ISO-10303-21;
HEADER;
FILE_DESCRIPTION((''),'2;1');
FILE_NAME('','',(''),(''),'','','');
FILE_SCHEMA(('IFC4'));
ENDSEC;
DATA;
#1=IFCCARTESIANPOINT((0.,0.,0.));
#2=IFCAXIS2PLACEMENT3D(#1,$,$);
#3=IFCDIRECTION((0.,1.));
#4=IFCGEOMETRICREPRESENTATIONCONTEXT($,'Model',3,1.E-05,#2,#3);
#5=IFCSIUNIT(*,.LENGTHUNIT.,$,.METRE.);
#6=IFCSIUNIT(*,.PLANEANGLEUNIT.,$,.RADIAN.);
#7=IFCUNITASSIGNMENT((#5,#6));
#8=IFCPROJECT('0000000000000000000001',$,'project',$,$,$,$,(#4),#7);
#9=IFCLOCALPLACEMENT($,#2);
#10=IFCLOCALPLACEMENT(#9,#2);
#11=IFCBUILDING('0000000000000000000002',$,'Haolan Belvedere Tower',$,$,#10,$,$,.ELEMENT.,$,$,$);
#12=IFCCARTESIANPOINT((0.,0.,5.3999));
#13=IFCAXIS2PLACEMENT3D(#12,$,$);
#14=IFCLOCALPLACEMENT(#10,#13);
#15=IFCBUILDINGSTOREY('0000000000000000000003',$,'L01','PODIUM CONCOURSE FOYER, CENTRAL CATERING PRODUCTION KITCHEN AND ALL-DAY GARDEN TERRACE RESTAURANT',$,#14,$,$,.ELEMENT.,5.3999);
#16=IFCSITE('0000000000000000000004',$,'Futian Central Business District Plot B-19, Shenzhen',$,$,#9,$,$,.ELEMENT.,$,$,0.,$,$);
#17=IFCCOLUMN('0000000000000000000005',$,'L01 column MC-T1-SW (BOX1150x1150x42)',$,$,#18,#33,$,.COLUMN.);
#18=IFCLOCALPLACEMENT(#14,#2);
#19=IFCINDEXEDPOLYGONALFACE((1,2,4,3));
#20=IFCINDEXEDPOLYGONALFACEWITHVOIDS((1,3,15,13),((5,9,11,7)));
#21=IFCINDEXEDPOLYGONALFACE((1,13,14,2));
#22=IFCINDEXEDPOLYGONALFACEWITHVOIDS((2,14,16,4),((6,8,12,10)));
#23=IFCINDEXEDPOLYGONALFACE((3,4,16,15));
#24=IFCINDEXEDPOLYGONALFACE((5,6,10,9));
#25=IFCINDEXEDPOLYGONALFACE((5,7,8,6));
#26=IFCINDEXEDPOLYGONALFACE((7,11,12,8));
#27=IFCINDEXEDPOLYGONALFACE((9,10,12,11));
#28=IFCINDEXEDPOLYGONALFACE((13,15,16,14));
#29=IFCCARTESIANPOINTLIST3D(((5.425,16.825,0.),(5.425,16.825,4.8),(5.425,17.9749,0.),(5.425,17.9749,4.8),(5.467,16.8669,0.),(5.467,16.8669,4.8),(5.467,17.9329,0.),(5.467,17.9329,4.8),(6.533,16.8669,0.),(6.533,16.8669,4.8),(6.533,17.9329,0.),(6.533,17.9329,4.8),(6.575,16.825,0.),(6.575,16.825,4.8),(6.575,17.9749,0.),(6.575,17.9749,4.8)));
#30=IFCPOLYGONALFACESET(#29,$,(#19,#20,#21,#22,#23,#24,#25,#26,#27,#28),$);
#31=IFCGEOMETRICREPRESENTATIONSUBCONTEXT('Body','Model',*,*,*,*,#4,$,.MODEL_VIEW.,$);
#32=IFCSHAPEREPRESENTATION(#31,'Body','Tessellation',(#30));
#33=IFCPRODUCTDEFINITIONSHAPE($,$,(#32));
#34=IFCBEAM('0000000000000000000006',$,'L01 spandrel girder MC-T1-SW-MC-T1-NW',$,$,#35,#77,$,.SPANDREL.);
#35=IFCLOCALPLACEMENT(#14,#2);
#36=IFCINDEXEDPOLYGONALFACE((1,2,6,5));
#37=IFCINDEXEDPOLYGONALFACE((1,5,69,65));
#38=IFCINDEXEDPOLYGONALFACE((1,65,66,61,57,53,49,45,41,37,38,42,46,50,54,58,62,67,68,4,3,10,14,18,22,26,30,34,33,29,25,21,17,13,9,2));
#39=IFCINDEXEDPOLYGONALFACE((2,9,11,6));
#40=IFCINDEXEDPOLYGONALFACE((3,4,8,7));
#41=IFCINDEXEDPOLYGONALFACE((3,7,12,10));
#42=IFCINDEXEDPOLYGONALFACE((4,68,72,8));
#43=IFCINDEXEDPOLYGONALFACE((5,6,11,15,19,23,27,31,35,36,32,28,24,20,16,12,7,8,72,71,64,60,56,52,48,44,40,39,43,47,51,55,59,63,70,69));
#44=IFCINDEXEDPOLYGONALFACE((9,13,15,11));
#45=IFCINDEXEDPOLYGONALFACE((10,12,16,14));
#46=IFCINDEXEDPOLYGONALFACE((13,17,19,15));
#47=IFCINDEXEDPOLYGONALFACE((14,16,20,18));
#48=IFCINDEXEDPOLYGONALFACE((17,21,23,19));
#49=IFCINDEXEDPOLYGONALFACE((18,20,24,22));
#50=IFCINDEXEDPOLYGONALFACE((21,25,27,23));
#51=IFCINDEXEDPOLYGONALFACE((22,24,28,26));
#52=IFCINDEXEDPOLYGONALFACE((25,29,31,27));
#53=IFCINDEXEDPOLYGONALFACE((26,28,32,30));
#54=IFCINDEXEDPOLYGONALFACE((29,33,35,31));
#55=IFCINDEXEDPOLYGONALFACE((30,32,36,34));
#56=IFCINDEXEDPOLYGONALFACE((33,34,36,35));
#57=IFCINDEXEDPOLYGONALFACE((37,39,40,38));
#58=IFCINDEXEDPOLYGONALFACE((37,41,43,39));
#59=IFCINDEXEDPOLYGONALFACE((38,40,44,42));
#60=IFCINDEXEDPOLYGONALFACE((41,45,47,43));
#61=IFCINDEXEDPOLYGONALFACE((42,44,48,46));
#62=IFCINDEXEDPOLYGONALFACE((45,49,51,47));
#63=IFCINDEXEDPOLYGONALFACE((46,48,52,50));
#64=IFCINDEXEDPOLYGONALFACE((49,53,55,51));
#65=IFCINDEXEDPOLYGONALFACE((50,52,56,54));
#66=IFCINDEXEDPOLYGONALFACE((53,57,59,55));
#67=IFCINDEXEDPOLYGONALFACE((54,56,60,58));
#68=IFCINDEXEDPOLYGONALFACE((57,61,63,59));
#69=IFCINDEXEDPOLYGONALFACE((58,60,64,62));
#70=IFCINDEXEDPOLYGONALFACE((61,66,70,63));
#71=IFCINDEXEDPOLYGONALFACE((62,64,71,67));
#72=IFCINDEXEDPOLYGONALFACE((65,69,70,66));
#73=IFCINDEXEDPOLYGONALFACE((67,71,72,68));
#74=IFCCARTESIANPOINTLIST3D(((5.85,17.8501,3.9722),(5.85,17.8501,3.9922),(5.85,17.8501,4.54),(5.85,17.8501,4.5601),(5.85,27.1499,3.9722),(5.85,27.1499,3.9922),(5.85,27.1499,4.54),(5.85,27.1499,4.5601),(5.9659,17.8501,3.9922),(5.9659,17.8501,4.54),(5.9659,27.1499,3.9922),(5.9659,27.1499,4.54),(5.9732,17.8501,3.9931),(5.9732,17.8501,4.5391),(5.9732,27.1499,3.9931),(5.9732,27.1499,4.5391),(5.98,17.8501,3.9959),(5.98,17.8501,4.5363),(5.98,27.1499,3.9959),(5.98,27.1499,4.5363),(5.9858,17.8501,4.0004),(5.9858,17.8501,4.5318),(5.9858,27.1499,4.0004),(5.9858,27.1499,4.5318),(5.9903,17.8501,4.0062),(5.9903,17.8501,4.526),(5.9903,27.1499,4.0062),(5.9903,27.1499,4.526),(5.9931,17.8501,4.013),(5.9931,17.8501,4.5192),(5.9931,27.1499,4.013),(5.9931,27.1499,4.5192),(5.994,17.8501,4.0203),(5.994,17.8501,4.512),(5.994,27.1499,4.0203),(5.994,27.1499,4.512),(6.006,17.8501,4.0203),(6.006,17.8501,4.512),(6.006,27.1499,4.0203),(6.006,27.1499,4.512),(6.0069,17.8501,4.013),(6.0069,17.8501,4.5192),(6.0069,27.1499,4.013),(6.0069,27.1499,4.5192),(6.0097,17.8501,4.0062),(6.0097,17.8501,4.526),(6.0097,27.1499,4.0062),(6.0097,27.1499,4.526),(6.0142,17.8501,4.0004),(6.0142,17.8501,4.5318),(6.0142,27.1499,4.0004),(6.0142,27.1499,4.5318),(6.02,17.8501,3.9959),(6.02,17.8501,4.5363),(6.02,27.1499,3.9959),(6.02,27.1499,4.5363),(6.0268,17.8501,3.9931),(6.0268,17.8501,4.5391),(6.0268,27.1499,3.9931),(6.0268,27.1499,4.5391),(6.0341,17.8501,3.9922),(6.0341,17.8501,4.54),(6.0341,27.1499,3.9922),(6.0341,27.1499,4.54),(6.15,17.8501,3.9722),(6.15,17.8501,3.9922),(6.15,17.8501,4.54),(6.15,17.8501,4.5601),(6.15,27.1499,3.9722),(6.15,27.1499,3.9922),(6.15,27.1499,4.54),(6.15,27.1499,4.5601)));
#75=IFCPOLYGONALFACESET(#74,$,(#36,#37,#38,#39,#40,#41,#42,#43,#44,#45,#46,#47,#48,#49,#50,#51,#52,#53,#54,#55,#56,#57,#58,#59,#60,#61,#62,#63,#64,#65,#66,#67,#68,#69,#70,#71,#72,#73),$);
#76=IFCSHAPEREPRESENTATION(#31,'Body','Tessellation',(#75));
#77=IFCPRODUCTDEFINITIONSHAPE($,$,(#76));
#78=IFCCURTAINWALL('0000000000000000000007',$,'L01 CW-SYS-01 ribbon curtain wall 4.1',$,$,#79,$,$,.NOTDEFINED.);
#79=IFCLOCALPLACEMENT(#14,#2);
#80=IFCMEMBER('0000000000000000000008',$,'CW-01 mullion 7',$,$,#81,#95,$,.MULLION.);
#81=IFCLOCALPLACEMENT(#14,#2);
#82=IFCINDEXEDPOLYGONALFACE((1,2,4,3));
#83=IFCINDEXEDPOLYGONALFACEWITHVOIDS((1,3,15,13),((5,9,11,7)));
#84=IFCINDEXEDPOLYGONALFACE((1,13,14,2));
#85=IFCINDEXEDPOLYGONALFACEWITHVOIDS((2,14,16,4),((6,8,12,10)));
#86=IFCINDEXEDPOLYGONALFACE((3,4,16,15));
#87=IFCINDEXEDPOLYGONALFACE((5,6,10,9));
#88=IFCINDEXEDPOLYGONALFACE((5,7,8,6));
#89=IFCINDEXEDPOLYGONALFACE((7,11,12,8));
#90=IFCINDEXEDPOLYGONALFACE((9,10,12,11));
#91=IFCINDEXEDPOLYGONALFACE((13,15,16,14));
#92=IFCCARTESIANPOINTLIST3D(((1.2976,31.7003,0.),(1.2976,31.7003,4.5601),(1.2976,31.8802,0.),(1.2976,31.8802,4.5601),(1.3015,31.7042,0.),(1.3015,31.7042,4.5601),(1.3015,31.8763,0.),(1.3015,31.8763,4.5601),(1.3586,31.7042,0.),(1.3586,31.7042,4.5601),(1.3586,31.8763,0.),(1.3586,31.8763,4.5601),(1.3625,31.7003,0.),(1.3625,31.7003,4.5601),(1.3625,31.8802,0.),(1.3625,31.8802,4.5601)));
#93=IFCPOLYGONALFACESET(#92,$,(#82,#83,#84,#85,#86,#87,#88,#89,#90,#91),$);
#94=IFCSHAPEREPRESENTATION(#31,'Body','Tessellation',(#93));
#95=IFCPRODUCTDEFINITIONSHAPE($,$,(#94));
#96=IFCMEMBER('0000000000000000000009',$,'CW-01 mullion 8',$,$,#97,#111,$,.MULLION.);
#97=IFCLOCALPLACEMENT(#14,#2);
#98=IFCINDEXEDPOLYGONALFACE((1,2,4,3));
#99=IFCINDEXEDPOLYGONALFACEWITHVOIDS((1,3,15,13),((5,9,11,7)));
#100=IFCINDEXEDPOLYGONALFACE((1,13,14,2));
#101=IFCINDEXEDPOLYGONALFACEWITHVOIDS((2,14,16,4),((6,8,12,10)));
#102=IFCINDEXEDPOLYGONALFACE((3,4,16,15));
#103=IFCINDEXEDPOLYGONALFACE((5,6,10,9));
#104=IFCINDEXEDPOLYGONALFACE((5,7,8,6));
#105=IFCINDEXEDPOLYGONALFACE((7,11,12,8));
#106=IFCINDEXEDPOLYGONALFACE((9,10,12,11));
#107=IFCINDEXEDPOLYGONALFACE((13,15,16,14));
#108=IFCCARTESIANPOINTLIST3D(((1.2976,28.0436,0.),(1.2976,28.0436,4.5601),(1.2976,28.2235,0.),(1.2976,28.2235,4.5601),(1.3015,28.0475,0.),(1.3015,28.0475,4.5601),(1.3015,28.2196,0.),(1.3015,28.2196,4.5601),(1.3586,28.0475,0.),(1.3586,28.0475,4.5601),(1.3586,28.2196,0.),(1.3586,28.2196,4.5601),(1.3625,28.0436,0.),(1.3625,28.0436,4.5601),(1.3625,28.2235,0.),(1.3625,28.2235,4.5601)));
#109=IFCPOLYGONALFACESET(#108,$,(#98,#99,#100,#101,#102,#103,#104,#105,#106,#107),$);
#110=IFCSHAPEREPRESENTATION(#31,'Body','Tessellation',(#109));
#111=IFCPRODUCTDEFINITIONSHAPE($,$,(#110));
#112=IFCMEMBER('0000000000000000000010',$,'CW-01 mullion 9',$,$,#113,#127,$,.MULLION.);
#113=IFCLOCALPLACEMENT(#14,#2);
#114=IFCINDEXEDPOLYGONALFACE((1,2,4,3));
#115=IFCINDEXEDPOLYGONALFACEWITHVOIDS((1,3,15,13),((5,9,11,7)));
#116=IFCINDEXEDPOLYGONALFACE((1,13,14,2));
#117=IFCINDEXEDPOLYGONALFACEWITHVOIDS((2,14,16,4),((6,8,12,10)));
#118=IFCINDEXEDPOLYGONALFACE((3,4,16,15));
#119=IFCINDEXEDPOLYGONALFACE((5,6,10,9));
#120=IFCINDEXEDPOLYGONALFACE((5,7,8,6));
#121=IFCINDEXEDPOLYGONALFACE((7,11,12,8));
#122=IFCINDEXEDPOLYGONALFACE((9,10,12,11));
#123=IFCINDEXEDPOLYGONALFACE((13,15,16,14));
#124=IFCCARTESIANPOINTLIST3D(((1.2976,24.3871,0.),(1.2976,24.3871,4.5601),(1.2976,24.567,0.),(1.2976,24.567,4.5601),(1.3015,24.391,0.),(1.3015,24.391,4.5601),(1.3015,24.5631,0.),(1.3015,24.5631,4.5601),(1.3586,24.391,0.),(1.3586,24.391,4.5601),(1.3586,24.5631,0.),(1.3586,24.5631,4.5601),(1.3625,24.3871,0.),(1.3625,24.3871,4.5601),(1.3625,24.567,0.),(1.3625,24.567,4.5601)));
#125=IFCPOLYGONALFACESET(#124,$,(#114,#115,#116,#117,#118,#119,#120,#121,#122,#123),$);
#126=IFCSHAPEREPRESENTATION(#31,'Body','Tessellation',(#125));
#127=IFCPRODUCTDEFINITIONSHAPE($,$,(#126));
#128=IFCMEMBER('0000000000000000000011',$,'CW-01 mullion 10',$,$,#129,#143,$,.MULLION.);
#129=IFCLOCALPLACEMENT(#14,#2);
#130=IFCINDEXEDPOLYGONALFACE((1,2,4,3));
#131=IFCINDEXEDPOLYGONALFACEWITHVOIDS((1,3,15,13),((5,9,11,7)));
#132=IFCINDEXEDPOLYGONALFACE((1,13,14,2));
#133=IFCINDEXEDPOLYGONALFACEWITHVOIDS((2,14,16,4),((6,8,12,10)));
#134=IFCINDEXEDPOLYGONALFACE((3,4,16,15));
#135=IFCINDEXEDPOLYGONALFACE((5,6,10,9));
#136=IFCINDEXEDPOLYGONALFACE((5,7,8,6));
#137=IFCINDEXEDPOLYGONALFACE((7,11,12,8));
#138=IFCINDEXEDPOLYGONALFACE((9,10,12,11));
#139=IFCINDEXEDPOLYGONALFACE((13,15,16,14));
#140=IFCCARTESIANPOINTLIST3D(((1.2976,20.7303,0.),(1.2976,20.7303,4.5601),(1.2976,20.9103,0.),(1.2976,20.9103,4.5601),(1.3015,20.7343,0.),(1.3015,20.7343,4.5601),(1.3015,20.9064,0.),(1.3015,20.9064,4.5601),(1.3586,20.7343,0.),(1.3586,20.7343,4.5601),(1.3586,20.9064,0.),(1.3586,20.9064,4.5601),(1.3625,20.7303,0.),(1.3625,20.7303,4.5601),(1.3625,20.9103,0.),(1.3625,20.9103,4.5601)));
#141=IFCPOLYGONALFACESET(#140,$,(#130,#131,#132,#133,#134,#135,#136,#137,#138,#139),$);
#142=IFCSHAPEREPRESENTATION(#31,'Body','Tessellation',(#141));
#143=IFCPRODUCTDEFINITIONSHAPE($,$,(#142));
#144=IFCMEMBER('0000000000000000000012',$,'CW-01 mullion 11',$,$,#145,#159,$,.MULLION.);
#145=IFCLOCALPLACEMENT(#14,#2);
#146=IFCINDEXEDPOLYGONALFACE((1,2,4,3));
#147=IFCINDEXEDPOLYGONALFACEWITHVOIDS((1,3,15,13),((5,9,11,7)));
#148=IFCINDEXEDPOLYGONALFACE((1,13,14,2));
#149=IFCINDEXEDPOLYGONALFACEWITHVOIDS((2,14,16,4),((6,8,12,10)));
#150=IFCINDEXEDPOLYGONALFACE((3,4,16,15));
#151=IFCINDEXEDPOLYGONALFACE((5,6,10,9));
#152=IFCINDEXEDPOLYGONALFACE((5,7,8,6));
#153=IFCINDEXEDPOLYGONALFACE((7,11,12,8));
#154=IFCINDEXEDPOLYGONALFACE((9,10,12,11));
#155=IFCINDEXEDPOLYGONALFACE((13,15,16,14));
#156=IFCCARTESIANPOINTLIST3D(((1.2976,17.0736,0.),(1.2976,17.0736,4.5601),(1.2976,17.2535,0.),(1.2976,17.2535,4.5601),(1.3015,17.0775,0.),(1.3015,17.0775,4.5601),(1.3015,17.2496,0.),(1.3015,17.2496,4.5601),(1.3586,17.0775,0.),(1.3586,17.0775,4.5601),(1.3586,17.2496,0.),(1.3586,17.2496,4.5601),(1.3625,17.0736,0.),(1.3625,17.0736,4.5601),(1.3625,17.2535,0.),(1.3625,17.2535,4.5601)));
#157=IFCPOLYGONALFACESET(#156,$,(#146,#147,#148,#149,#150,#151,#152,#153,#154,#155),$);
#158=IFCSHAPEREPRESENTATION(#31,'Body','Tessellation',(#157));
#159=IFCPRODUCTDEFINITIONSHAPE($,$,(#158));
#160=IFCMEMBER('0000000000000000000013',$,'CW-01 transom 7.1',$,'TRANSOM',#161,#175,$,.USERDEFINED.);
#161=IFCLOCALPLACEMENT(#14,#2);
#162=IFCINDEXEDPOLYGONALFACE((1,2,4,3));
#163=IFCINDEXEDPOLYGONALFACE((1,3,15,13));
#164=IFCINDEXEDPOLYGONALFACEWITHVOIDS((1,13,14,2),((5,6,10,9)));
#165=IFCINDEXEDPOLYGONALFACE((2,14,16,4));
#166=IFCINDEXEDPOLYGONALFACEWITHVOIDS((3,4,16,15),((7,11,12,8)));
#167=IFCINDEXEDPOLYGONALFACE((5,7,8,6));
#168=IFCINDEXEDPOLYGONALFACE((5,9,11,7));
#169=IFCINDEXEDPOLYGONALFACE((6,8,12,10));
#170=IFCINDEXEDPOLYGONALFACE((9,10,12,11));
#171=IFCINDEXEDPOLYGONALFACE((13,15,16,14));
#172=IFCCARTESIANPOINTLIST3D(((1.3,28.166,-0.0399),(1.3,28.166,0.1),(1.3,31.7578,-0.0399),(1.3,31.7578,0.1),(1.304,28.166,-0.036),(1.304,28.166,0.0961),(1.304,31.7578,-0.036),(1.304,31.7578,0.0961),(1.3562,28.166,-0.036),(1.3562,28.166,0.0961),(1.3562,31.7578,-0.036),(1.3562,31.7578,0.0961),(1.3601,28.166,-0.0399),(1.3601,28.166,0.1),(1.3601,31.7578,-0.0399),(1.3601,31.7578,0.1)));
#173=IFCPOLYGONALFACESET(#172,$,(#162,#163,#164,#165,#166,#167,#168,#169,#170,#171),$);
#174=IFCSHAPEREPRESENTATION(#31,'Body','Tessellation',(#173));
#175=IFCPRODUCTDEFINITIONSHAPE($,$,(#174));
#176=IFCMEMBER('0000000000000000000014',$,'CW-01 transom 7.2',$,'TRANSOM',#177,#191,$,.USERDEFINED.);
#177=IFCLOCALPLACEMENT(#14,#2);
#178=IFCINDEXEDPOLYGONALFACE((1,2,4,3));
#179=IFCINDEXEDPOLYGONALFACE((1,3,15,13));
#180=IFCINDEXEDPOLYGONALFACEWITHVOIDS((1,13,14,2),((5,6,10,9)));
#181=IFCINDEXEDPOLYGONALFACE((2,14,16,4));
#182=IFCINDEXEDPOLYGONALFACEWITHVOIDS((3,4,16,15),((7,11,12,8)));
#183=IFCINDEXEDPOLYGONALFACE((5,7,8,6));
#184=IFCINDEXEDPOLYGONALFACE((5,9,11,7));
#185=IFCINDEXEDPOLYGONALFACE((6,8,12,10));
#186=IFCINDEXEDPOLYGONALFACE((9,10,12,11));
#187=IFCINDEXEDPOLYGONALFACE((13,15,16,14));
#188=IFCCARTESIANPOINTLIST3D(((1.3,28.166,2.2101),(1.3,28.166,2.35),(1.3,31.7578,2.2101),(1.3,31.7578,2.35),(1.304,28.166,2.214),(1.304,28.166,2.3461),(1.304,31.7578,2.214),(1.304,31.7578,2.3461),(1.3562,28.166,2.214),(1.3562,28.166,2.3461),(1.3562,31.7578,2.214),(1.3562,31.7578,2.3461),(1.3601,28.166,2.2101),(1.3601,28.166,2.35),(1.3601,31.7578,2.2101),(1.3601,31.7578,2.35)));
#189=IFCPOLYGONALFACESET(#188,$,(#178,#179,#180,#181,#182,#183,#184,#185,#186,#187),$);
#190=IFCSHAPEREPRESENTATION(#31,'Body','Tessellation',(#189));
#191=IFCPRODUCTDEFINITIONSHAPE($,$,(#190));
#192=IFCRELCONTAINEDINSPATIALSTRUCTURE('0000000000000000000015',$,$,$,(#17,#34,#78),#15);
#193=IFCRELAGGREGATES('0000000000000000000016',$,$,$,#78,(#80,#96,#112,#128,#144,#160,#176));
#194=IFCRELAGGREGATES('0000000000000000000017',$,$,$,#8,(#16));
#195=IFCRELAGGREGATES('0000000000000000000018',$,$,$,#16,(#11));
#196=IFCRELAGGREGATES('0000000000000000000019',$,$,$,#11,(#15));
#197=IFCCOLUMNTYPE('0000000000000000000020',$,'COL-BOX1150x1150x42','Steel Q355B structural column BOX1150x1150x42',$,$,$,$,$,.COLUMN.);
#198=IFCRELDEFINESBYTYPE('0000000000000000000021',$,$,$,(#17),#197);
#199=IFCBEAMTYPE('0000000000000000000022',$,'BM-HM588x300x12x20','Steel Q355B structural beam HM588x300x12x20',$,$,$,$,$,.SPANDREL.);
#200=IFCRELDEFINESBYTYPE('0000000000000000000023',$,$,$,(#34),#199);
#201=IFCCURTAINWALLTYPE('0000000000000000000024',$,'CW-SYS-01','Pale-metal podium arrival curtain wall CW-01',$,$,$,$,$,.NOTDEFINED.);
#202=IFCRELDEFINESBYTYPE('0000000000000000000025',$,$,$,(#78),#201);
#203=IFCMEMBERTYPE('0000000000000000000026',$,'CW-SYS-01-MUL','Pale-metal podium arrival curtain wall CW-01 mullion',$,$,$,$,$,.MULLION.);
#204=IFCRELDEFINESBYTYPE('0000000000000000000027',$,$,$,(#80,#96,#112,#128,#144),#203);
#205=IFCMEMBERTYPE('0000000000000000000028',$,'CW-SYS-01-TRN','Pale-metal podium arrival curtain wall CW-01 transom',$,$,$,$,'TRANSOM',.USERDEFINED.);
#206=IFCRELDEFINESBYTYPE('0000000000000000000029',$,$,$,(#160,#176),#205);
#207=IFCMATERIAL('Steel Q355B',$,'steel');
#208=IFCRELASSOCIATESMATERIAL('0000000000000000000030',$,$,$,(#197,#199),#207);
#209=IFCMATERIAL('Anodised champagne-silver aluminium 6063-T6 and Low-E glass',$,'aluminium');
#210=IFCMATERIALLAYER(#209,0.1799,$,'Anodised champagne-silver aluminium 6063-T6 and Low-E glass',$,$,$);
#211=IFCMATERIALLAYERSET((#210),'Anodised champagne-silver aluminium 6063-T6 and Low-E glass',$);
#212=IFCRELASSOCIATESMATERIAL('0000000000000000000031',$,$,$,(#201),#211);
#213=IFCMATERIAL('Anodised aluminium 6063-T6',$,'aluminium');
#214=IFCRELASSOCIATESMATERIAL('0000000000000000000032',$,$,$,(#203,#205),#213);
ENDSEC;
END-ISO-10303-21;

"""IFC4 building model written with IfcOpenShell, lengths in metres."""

from ifc_helpers import new_model, si_unit, direction, frame, origin, origin_2d, place, context, subcontext, project, spatial, hollow_rectangle, i_section, extrude, material, layer, layer_set, material_profile, profile_set, type_object, element, aggregate, save


model = new_model("IFC4")

# Units and contexts
model_context = context("Model", 3, precision=1e-05, world=origin(), true_north=direction((0.0, 1.0)))
body_context = subcontext(model_context, "Body", "Model", "MODEL_VIEW")
ifc_project = project(units=[si_unit("LENGTHUNIT", "METRE"), si_unit("PLANEANGLEUNIT", "RADIAN")], contexts=[model_context])

# Site, building, storey
site_placement = place(None, origin())
site = spatial("IfcSite", under=ifc_project, at=site_placement, Name="Futian Central Business District Plot B-19, Shenzhen", CompositionType="ELEMENT", RefElevation=0.0)
building_placement = place(site_placement, origin())
building = spatial("IfcBuilding", under=site, at=building_placement, Name="Haolan Belvedere Tower", CompositionType="ELEMENT")
storey_placement = place(building_placement, frame((0.0, 0.0, 5.3999)))
storey = spatial("IfcBuildingStorey", under=building, at=storey_placement, Name="L01", Description="PODIUM CONCOURSE FOYER, CENTRAL CATERING PRODUCTION KITCHEN AND ALL-DAY GARDEN TERRACE RESTAURANT", CompositionType="ELEMENT", Elevation=5.3999)

# Column
ifc_material_1 = material(Name="Steel Q355B", Category="steel")
ifc_material_profile_1 = material_profile(ifc_material_1, hollow_rectangle(XDim=1.1499, YDim=1.1499, WallThickness=0.042, at=origin_2d()), Name="Steel Q355B")
ifc_profile_set_1 = profile_set([ifc_material_profile_1], Name="Steel Q355B")
column_type = type_object("IfcColumnType", Name="COL-BOX1150x1150x42", Description="Steel Q355B structural column BOX1150x1150x42", PredefinedType="COLUMN", material=ifc_profile_set_1)
column_placement = place(storey_placement, frame((6.0, 17.3999, 0.0), z_axis=(0.0, 0.0, 1.0), x_axis=(1.0, 0.0, 0.0)))
element("IfcColumn", 1, at=column_placement, inside=storey, type_object=column_type, Name="L01 column MC-T1-SW (BOX1150x1150x42)", PredefinedType="COLUMN", context=body_context, shape_type="SweptSolid", body=[
    extrude(hollow_rectangle(XDim=1.1499, YDim=1.1499, WallThickness=0.042, at=origin_2d()), origin(), (0.0, 0.0, 1.0), 4.8),
])

# Beam
ifc_material_profile_2 = material_profile(ifc_material_1, i_section(OverallWidth=0.3, OverallDepth=0.5879, WebThickness=0.012, FlangeThickness=0.02, FilletRadius=0.0281, at=origin_2d()), Name="Steel Q355B")
ifc_profile_set_2 = profile_set([ifc_material_profile_2], Name="Steel Q355B")
beam_type = type_object("IfcBeamType", Name="BM-HM588x300x12x20", Description="Steel Q355B structural beam HM588x300x12x20", PredefinedType="SPANDREL", material=ifc_profile_set_2)
beam_placement = place(storey_placement, frame((6.0, 17.8501, 4.2661), z_axis=(0.0, 1.0, 0.0), x_axis=(-1.0, 0.0, 0.0)))
element("IfcBeam", 2, at=beam_placement, inside=storey, type_object=beam_type, Name="L01 spandrel girder MC-T1-SW-MC-T1-NW", PredefinedType="SPANDREL", context=body_context, shape_type="SweptSolid", body=[
    extrude(i_section(OverallWidth=0.3, OverallDepth=0.5879, WebThickness=0.012, FlangeThickness=0.02, FilletRadius=0.0281, at=origin_2d()), origin(), (0.0, 0.0, 1.0), 9.2998),
])

# Curtain wall, members
ifc_material_2 = material(Name="Anodised champagne-silver aluminium 6063-T6 and Low-E glass", Category="aluminium")
ifc_layer_1 = layer(ifc_material_2, 0.1799, Name="Anodised champagne-silver aluminium 6063-T6 and Low-E glass")
ifc_layer_set_1 = layer_set([ifc_layer_1], Name="Anodised champagne-silver aluminium 6063-T6 and Low-E glass")
curtain_wall_type = type_object("IfcCurtainWallType", Name="CW-SYS-01", Description="Pale-metal podium arrival curtain wall CW-01", PredefinedType="NOTDEFINED", material=ifc_layer_set_1)
curtain_wall_placement = place(storey_placement, origin())
curtain_wall = element("IfcCurtainWall", 3, at=curtain_wall_placement, inside=storey, type_object=curtain_wall_type, Name="L01 CW-SYS-01 ribbon curtain wall 4.1", PredefinedType="NOTDEFINED")
ifc_material_3 = material(Name="Anodised aluminium 6063-T6", Category="aluminium")
ifc_material_profile_3 = material_profile(ifc_material_3, hollow_rectangle(XDim=0.0649, YDim=0.1799, WallThickness=0.0039, at=origin_2d()), Name="Anodised aluminium 6063-T6")
ifc_profile_set_3 = profile_set([ifc_material_profile_3], Name="Anodised aluminium 6063-T6")
member_type_1 = type_object("IfcMemberType", Name="CW-SYS-01-MUL", Description="Pale-metal podium arrival curtain wall CW-01 mullion", PredefinedType="MULLION", material=ifc_profile_set_3)
member_1_placement = place(storey_placement, frame((1.3301, 31.7903, 0.0), z_axis=(0.0, 0.0, 1.0), x_axis=(1.0, 0.0, 0.0)))
member_1 = element("IfcMember", 4, at=member_1_placement, type_object=member_type_1, Name="CW-01 mullion 7", PredefinedType="MULLION", context=body_context, shape_type="SweptSolid", body=[
    extrude(hollow_rectangle(XDim=0.0649, YDim=0.1799, WallThickness=0.0039, at=origin_2d()), origin(), (0.0, 0.0, 1.0), 4.5601),
])
member_2_placement = place(storey_placement, frame((1.3301, 28.1335, 0.0), z_axis=(0.0, 0.0, 1.0), x_axis=(1.0, 0.0, 0.0)))
member_2 = element("IfcMember", 5, at=member_2_placement, type_object=member_type_1, Name="CW-01 mullion 8", PredefinedType="MULLION", context=body_context, shape_type="SweptSolid", body=[
    extrude(hollow_rectangle(XDim=0.0649, YDim=0.1799, WallThickness=0.0039, at=origin_2d()), origin(), (0.0, 0.0, 1.0), 4.5601),
])
member_3_placement = place(storey_placement, frame((1.3301, 24.4771, 0.0), z_axis=(0.0, 0.0, 1.0), x_axis=(1.0, 0.0, 0.0)))
member_3 = element("IfcMember", 6, at=member_3_placement, type_object=member_type_1, Name="CW-01 mullion 9", PredefinedType="MULLION", context=body_context, shape_type="SweptSolid", body=[
    extrude(hollow_rectangle(XDim=0.0649, YDim=0.1799, WallThickness=0.0039, at=origin_2d()), origin(), (0.0, 0.0, 1.0), 4.5601),
])
member_4_placement = place(storey_placement, frame((1.3301, 20.8203, 0.0), z_axis=(0.0, 0.0, 1.0), x_axis=(1.0, 0.0, 0.0)))
member_4 = element("IfcMember", 7, at=member_4_placement, type_object=member_type_1, Name="CW-01 mullion 10", PredefinedType="MULLION", context=body_context, shape_type="SweptSolid", body=[
    extrude(hollow_rectangle(XDim=0.0649, YDim=0.1799, WallThickness=0.0039, at=origin_2d()), origin(), (0.0, 0.0, 1.0), 4.5601),
])
member_5_placement = place(storey_placement, frame((1.3301, 17.1636, 0.0), z_axis=(0.0, 0.0, 1.0), x_axis=(1.0, 0.0, 0.0)))
member_5 = element("IfcMember", 8, at=member_5_placement, type_object=member_type_1, Name="CW-01 mullion 11", PredefinedType="MULLION", context=body_context, shape_type="SweptSolid", body=[
    extrude(hollow_rectangle(XDim=0.0649, YDim=0.1799, WallThickness=0.0039, at=origin_2d()), origin(), (0.0, 0.0, 1.0), 4.5601),
])
ifc_material_profile_4 = material_profile(ifc_material_3, hollow_rectangle(XDim=0.0601, YDim=0.1399, WallThickness=0.0039, at=origin_2d()), Name="Anodised aluminium 6063-T6")
ifc_profile_set_4 = profile_set([ifc_material_profile_4], Name="Anodised aluminium 6063-T6")
member_type_2 = type_object("IfcMemberType", Name="CW-SYS-01-TRN", Description="Pale-metal podium arrival curtain wall CW-01 transom", ElementType="TRANSOM", PredefinedType="USERDEFINED", material=ifc_profile_set_4)
member_6_placement = place(storey_placement, frame((1.3301, 31.7578, 0.03), z_axis=(0.0, -1.0, 0.0), x_axis=(1.0, 0.0, 0.0)))
member_6 = element("IfcMember", 9, at=member_6_placement, type_object=member_type_2, Name="CW-01 transom 7.1", ObjectType="TRANSOM", PredefinedType="USERDEFINED", context=body_context, shape_type="SweptSolid", body=[
    extrude(hollow_rectangle(XDim=0.0601, YDim=0.1399, WallThickness=0.0039, at=origin_2d()), origin(), (0.0, 0.0, 1.0), 3.5918),
])
member_7_placement = place(storey_placement, frame((1.3301, 31.7578, 2.28), z_axis=(0.0, -1.0, 0.0), x_axis=(1.0, 0.0, 0.0)))
member_7 = element("IfcMember", 10, at=member_7_placement, type_object=member_type_2, Name="CW-01 transom 7.2", ObjectType="TRANSOM", PredefinedType="USERDEFINED", context=body_context, shape_type="SweptSolid", body=[
    extrude(hollow_rectangle(XDim=0.0601, YDim=0.1399, WallThickness=0.0039, at=origin_2d()), origin(), (0.0, 0.0, 1.0), 3.5918),
])
aggregate(curtain_wall, [member_1, member_2, member_3, member_4, member_5, member_6, member_7])

save(model, "model.ifc")
